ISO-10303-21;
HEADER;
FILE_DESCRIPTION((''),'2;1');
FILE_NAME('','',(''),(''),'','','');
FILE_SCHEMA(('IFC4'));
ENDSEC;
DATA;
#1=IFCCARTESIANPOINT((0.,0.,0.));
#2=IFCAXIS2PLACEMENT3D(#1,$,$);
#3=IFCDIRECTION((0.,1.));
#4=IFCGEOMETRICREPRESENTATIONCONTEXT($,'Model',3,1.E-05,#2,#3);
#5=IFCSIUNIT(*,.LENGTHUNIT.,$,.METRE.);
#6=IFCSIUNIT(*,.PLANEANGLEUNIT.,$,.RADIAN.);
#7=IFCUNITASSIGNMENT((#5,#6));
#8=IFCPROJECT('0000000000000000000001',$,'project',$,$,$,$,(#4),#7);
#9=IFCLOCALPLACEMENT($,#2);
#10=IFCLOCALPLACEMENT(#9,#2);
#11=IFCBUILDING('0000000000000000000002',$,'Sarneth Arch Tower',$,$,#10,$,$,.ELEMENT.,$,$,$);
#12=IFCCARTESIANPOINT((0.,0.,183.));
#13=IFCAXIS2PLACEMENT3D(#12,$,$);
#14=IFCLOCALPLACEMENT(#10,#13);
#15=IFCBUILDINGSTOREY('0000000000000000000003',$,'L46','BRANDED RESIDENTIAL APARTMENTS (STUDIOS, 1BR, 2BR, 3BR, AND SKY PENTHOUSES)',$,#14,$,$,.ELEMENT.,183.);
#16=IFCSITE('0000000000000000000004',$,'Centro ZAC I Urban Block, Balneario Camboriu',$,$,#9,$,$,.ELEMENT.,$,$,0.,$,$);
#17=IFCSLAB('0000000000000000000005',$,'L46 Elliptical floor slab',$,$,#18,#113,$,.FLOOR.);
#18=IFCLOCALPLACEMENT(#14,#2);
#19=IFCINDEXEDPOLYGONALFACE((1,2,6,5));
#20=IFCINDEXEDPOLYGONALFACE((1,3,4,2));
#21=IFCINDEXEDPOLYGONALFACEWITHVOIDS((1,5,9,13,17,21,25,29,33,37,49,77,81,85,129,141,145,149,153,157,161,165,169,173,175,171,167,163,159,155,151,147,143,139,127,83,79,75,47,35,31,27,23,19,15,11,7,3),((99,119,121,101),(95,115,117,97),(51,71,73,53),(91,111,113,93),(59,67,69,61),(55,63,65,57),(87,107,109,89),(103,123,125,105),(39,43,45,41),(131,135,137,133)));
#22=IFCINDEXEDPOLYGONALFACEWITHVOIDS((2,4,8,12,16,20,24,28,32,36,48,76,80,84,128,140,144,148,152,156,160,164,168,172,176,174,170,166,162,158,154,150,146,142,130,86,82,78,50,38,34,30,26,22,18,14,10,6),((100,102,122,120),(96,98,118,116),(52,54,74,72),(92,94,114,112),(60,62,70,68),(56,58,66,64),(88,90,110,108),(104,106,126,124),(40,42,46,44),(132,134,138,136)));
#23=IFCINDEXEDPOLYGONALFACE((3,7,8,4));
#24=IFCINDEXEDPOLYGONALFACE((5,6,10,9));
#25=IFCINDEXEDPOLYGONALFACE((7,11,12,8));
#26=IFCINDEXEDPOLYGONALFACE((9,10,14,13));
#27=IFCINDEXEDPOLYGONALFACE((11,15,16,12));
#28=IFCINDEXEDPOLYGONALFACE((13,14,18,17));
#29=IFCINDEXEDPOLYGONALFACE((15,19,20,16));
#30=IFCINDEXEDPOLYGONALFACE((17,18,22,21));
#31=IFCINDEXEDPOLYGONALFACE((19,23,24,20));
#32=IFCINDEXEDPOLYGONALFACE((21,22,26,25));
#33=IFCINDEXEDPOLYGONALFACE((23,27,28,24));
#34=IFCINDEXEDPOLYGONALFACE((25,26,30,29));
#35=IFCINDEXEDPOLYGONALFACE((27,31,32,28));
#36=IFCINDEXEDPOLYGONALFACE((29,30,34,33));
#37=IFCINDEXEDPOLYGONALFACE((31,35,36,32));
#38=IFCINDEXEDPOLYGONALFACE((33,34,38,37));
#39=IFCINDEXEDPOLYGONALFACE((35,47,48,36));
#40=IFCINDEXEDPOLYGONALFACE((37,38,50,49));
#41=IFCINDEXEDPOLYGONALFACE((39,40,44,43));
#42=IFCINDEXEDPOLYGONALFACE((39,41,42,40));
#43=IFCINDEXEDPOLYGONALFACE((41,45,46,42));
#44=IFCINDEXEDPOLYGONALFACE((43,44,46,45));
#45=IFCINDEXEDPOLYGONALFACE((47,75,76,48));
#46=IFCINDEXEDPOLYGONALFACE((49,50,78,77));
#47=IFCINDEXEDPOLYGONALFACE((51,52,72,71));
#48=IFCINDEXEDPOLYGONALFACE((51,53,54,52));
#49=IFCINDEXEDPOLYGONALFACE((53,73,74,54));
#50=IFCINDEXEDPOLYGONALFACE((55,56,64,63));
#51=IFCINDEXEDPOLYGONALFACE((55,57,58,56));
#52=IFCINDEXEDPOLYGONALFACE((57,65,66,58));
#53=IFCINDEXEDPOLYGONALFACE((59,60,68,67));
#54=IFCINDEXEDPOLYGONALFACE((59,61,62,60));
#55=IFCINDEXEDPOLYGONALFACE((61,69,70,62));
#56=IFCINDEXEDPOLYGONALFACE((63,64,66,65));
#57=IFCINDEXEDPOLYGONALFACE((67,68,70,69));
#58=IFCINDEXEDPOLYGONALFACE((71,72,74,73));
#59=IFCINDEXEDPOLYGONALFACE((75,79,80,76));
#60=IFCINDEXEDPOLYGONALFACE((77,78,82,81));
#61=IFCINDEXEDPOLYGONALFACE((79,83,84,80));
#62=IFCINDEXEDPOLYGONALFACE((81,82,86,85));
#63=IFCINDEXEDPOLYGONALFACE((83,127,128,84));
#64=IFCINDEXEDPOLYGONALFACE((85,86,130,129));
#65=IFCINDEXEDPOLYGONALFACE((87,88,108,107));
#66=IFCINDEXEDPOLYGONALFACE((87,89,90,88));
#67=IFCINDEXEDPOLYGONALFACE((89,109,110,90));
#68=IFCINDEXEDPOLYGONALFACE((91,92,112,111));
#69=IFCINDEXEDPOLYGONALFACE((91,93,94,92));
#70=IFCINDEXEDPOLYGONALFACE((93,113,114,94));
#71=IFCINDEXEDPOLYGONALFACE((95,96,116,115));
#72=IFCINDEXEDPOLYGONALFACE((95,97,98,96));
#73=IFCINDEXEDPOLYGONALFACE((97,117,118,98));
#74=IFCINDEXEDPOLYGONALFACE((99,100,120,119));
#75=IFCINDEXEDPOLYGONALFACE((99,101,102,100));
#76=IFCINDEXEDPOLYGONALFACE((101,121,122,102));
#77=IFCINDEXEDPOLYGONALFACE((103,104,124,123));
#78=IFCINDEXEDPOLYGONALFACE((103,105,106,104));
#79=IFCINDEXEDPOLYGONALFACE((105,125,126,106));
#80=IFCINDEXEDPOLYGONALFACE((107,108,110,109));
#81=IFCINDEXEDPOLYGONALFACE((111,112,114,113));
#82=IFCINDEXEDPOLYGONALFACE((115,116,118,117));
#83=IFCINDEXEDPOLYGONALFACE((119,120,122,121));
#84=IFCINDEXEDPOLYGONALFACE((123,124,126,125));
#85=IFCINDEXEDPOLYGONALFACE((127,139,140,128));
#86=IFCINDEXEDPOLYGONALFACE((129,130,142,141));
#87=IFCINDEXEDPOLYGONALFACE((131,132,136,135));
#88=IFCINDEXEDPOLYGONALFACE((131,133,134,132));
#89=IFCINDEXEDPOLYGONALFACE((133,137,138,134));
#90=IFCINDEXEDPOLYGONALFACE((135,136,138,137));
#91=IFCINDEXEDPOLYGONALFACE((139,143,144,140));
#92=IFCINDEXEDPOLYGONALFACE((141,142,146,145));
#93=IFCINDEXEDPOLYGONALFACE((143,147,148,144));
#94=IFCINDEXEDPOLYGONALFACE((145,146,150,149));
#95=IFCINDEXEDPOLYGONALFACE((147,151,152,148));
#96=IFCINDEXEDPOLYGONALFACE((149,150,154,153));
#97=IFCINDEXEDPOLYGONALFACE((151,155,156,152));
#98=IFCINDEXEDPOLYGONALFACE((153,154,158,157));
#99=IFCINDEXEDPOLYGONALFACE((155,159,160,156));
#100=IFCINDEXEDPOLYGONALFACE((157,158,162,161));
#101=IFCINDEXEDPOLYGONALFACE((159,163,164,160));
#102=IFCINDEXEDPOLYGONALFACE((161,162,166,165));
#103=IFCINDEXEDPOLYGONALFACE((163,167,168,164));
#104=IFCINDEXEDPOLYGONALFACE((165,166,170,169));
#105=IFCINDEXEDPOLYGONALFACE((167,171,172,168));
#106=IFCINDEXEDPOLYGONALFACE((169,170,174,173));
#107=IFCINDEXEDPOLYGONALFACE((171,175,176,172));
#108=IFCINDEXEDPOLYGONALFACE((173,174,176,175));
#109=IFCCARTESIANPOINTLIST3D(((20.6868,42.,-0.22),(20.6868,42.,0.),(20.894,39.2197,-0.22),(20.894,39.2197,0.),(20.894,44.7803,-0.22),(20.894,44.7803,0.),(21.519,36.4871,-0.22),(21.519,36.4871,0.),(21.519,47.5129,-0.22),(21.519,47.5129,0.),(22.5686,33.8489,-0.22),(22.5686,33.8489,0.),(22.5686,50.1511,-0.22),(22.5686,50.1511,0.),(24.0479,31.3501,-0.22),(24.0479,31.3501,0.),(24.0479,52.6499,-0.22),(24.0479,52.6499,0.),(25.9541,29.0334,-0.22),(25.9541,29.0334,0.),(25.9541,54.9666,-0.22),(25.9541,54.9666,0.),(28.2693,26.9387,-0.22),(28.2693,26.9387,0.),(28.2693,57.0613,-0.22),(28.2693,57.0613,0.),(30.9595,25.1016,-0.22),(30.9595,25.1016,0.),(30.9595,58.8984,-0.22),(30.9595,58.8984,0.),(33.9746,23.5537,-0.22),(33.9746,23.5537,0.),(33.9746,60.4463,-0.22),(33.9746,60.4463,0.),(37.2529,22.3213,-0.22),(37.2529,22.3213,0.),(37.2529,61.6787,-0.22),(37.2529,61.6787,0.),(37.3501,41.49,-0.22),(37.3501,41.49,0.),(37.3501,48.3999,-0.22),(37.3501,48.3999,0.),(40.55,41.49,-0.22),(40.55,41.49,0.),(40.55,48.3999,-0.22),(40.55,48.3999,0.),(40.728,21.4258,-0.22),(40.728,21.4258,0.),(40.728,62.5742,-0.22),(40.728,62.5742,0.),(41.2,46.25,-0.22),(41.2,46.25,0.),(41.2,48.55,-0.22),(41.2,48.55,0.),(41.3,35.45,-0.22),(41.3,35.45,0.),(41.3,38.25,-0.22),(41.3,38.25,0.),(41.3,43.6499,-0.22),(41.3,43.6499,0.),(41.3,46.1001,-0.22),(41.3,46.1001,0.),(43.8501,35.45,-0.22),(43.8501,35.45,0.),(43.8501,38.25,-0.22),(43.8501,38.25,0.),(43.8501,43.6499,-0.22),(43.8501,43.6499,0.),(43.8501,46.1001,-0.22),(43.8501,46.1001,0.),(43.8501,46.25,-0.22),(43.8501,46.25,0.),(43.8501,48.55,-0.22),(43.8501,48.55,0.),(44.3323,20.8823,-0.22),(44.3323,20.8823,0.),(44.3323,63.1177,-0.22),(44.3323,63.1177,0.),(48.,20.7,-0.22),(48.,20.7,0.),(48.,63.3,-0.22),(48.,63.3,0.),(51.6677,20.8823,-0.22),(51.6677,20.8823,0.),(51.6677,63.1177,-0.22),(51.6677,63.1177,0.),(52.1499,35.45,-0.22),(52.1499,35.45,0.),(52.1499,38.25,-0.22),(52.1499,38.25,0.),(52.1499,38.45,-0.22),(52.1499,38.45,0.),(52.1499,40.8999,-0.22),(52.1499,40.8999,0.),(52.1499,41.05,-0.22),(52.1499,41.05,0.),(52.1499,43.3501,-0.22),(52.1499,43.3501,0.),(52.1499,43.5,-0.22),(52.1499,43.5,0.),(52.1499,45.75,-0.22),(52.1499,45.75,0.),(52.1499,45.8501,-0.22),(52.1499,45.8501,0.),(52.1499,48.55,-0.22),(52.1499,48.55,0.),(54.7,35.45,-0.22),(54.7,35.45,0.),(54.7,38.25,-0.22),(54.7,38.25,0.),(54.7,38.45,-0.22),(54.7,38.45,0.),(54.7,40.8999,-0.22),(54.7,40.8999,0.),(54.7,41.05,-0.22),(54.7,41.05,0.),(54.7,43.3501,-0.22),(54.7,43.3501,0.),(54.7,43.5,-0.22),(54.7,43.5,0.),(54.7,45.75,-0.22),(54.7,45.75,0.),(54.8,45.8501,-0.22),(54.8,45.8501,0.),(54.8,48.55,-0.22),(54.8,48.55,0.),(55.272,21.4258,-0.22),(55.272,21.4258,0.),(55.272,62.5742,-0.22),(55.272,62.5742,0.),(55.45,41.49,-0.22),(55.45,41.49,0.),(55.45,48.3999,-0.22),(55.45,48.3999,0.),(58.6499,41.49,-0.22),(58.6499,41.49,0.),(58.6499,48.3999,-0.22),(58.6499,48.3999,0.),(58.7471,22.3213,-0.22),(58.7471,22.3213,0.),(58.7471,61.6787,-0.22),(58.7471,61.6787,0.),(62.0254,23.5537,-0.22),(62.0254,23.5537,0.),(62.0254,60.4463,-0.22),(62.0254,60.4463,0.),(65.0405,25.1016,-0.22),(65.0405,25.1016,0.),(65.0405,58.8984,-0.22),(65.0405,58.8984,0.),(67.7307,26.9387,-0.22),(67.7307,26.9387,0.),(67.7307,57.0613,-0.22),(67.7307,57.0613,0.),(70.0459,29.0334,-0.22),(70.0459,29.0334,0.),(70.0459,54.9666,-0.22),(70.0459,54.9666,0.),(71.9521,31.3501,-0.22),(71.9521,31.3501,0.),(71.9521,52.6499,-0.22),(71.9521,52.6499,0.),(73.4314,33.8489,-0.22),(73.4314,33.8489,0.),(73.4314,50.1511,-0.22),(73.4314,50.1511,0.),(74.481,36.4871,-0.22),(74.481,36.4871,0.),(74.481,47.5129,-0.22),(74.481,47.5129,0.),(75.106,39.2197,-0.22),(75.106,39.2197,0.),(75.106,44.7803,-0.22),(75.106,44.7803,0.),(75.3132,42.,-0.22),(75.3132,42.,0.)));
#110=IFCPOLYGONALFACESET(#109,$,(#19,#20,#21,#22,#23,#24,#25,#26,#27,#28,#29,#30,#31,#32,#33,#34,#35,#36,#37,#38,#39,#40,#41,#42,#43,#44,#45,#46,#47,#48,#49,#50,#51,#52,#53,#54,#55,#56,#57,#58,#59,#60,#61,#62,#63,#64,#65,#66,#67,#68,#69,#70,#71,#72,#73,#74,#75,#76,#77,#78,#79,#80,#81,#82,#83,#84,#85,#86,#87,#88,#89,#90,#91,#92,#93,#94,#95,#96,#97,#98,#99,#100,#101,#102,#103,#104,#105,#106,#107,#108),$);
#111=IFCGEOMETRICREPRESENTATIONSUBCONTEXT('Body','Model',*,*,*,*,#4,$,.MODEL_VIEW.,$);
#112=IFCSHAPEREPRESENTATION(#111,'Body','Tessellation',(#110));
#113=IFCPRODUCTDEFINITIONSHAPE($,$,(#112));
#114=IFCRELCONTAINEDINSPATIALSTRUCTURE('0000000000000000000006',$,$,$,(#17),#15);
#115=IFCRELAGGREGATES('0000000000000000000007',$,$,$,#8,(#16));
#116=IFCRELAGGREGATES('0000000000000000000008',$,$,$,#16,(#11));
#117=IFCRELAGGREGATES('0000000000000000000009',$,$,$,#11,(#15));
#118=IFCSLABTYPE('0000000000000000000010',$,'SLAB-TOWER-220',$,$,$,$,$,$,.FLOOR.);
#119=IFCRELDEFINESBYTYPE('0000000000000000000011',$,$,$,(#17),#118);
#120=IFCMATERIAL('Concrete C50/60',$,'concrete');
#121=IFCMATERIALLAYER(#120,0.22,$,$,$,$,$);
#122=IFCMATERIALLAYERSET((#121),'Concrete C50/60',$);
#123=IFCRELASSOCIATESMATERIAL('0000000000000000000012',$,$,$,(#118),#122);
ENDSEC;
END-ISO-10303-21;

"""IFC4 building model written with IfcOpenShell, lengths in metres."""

from ifc_helpers import new_model, si_unit, direction, frame, origin, place, context, subcontext, project, spatial, polyline, outline, extrude, material, layer, layer_set, type_object, element, save


model = new_model("IFC4")

# Units and contexts
model_context = context("Model", 3, precision=1e-05, world=origin(), true_north=direction((0.0, 1.0)))
body_context = subcontext(model_context, "Body", "Model", "MODEL_VIEW")
ifc_project = project(units=[si_unit("LENGTHUNIT", "METRE"), si_unit("PLANEANGLEUNIT", "RADIAN")], contexts=[model_context])

# Site, building, storey
site_placement = place(None, origin())
site = spatial("IfcSite", under=ifc_project, at=site_placement, Name="Centro ZAC I Urban Block, Balneario Camboriu", CompositionType="ELEMENT", RefElevation=0.0)
building_placement = place(site_placement, origin())
building = spatial("IfcBuilding", under=site, at=building_placement, Name="Sarneth Arch Tower", CompositionType="ELEMENT")
storey_placement = place(building_placement, frame((0.0, 0.0, 183.0)))
storey = spatial("IfcBuildingStorey", under=building, at=storey_placement, Name="L46", Description="BRANDED RESIDENTIAL APARTMENTS (STUDIOS, 1BR, 2BR, 3BR, AND SKY PENTHOUSES)", CompositionType="ELEMENT", Elevation=183.0)

# Slab
ifc_material_1 = material(Name="Concrete C50/60", Category="concrete")
ifc_layer_1 = layer(ifc_material_1, 0.22)
ifc_layer_set_1 = layer_set([ifc_layer_1], Name="Concrete C50/60")
slab_type_1 = type_object("IfcSlabType", Name="SLAB-TOWER-220", PredefinedType="FLOOR", material=ifc_layer_set_1)
slab_1_placement = place(storey_placement, frame((0.0, 0.0, -0.22)))
element("IfcSlab", 1, at=slab_1_placement, inside=storey, type_object=slab_type_1, Name="L46 Elliptical floor slab", PredefinedType="FLOOR", context=body_context, shape_type="SweptSolid", body=[
    extrude(outline(polyline([(75.3132, 42.0), (75.106, 44.7803), (74.481, 47.5129), (73.4314, 50.1511), (71.9521, 52.6499), (70.0459, 54.9666), (67.7307, 57.0613), (65.0405, 58.8984), (62.0254, 60.4463), (58.7471, 61.6787), (55.272, 62.5742), (51.6677, 63.1177), (48.0, 63.3), (44.3323, 63.1177), (40.728, 62.5742), (37.2529, 61.6787), (33.9746, 60.4463), (30.9595, 58.8984), (28.2693, 57.0613), (25.9541, 54.9666), (24.0479, 52.6499), (22.5686, 50.1511), (21.519, 47.5129), (20.894, 44.7803), (20.6868, 42.0), (20.894, 39.2197), (21.519, 36.4871), (22.5686, 33.8489), (24.0479, 31.3501), (25.9541, 29.0334), (28.2693, 26.9387), (30.9595, 25.1016), (33.9746, 23.5537), (37.2529, 22.3213), (40.728, 21.4258), (44.3323, 20.8823), (48.0, 20.7), (51.6677, 20.8823), (55.272, 21.4258), (58.7471, 22.3213), (62.0254, 23.5537), (65.0405, 25.1016), (67.7307, 26.9387), (70.0459, 29.0334), (71.9521, 31.3501), (73.4314, 33.8489), (74.481, 36.4871), (75.106, 39.2197), (75.3132, 42.0)]), holes=[polyline([(37.3501, 41.49), (40.55, 41.49), (40.55, 48.3999), (37.3501, 48.3999), (37.3501, 41.49)]), polyline([(55.45, 41.49), (58.6499, 41.49), (58.6499, 48.3999), (55.45, 48.3999), (55.45, 41.49)]), polyline([(41.2, 46.25), (43.8501, 46.25), (43.8501, 48.55), (41.2, 48.55), (41.2, 46.25)]), polyline([(41.3, 35.45), (43.8501, 35.45), (43.8501, 38.25), (41.3, 38.25), (41.3, 35.45)]), polyline([(52.1499, 35.45), (54.7, 35.45), (54.7, 38.25), (52.1499, 38.25), (52.1499, 35.45)]), polyline([(52.1499, 45.8501), (54.8, 45.8501), (54.8, 48.55), (52.1499, 48.55), (52.1499, 45.8501)]), polyline([(41.3, 43.6499), (43.8501, 43.6499), (43.8501, 46.1001), (41.3, 46.1001), (41.3, 43.6499)]), polyline([(52.1499, 38.45), (54.7, 38.45), (54.7, 40.8999), (52.1499, 40.8999), (52.1499, 38.45)]), polyline([(52.1499, 41.05), (54.7, 41.05), (54.7, 43.3501), (52.1499, 43.3501), (52.1499, 41.05)]), polyline([(52.1499, 43.5), (54.7, 43.5), (54.7, 45.75), (52.1499, 45.75), (52.1499, 43.5)])]), origin(), (0.0, 0.0, 1.0), 0.22),
])

save(model, "model.ifc")
